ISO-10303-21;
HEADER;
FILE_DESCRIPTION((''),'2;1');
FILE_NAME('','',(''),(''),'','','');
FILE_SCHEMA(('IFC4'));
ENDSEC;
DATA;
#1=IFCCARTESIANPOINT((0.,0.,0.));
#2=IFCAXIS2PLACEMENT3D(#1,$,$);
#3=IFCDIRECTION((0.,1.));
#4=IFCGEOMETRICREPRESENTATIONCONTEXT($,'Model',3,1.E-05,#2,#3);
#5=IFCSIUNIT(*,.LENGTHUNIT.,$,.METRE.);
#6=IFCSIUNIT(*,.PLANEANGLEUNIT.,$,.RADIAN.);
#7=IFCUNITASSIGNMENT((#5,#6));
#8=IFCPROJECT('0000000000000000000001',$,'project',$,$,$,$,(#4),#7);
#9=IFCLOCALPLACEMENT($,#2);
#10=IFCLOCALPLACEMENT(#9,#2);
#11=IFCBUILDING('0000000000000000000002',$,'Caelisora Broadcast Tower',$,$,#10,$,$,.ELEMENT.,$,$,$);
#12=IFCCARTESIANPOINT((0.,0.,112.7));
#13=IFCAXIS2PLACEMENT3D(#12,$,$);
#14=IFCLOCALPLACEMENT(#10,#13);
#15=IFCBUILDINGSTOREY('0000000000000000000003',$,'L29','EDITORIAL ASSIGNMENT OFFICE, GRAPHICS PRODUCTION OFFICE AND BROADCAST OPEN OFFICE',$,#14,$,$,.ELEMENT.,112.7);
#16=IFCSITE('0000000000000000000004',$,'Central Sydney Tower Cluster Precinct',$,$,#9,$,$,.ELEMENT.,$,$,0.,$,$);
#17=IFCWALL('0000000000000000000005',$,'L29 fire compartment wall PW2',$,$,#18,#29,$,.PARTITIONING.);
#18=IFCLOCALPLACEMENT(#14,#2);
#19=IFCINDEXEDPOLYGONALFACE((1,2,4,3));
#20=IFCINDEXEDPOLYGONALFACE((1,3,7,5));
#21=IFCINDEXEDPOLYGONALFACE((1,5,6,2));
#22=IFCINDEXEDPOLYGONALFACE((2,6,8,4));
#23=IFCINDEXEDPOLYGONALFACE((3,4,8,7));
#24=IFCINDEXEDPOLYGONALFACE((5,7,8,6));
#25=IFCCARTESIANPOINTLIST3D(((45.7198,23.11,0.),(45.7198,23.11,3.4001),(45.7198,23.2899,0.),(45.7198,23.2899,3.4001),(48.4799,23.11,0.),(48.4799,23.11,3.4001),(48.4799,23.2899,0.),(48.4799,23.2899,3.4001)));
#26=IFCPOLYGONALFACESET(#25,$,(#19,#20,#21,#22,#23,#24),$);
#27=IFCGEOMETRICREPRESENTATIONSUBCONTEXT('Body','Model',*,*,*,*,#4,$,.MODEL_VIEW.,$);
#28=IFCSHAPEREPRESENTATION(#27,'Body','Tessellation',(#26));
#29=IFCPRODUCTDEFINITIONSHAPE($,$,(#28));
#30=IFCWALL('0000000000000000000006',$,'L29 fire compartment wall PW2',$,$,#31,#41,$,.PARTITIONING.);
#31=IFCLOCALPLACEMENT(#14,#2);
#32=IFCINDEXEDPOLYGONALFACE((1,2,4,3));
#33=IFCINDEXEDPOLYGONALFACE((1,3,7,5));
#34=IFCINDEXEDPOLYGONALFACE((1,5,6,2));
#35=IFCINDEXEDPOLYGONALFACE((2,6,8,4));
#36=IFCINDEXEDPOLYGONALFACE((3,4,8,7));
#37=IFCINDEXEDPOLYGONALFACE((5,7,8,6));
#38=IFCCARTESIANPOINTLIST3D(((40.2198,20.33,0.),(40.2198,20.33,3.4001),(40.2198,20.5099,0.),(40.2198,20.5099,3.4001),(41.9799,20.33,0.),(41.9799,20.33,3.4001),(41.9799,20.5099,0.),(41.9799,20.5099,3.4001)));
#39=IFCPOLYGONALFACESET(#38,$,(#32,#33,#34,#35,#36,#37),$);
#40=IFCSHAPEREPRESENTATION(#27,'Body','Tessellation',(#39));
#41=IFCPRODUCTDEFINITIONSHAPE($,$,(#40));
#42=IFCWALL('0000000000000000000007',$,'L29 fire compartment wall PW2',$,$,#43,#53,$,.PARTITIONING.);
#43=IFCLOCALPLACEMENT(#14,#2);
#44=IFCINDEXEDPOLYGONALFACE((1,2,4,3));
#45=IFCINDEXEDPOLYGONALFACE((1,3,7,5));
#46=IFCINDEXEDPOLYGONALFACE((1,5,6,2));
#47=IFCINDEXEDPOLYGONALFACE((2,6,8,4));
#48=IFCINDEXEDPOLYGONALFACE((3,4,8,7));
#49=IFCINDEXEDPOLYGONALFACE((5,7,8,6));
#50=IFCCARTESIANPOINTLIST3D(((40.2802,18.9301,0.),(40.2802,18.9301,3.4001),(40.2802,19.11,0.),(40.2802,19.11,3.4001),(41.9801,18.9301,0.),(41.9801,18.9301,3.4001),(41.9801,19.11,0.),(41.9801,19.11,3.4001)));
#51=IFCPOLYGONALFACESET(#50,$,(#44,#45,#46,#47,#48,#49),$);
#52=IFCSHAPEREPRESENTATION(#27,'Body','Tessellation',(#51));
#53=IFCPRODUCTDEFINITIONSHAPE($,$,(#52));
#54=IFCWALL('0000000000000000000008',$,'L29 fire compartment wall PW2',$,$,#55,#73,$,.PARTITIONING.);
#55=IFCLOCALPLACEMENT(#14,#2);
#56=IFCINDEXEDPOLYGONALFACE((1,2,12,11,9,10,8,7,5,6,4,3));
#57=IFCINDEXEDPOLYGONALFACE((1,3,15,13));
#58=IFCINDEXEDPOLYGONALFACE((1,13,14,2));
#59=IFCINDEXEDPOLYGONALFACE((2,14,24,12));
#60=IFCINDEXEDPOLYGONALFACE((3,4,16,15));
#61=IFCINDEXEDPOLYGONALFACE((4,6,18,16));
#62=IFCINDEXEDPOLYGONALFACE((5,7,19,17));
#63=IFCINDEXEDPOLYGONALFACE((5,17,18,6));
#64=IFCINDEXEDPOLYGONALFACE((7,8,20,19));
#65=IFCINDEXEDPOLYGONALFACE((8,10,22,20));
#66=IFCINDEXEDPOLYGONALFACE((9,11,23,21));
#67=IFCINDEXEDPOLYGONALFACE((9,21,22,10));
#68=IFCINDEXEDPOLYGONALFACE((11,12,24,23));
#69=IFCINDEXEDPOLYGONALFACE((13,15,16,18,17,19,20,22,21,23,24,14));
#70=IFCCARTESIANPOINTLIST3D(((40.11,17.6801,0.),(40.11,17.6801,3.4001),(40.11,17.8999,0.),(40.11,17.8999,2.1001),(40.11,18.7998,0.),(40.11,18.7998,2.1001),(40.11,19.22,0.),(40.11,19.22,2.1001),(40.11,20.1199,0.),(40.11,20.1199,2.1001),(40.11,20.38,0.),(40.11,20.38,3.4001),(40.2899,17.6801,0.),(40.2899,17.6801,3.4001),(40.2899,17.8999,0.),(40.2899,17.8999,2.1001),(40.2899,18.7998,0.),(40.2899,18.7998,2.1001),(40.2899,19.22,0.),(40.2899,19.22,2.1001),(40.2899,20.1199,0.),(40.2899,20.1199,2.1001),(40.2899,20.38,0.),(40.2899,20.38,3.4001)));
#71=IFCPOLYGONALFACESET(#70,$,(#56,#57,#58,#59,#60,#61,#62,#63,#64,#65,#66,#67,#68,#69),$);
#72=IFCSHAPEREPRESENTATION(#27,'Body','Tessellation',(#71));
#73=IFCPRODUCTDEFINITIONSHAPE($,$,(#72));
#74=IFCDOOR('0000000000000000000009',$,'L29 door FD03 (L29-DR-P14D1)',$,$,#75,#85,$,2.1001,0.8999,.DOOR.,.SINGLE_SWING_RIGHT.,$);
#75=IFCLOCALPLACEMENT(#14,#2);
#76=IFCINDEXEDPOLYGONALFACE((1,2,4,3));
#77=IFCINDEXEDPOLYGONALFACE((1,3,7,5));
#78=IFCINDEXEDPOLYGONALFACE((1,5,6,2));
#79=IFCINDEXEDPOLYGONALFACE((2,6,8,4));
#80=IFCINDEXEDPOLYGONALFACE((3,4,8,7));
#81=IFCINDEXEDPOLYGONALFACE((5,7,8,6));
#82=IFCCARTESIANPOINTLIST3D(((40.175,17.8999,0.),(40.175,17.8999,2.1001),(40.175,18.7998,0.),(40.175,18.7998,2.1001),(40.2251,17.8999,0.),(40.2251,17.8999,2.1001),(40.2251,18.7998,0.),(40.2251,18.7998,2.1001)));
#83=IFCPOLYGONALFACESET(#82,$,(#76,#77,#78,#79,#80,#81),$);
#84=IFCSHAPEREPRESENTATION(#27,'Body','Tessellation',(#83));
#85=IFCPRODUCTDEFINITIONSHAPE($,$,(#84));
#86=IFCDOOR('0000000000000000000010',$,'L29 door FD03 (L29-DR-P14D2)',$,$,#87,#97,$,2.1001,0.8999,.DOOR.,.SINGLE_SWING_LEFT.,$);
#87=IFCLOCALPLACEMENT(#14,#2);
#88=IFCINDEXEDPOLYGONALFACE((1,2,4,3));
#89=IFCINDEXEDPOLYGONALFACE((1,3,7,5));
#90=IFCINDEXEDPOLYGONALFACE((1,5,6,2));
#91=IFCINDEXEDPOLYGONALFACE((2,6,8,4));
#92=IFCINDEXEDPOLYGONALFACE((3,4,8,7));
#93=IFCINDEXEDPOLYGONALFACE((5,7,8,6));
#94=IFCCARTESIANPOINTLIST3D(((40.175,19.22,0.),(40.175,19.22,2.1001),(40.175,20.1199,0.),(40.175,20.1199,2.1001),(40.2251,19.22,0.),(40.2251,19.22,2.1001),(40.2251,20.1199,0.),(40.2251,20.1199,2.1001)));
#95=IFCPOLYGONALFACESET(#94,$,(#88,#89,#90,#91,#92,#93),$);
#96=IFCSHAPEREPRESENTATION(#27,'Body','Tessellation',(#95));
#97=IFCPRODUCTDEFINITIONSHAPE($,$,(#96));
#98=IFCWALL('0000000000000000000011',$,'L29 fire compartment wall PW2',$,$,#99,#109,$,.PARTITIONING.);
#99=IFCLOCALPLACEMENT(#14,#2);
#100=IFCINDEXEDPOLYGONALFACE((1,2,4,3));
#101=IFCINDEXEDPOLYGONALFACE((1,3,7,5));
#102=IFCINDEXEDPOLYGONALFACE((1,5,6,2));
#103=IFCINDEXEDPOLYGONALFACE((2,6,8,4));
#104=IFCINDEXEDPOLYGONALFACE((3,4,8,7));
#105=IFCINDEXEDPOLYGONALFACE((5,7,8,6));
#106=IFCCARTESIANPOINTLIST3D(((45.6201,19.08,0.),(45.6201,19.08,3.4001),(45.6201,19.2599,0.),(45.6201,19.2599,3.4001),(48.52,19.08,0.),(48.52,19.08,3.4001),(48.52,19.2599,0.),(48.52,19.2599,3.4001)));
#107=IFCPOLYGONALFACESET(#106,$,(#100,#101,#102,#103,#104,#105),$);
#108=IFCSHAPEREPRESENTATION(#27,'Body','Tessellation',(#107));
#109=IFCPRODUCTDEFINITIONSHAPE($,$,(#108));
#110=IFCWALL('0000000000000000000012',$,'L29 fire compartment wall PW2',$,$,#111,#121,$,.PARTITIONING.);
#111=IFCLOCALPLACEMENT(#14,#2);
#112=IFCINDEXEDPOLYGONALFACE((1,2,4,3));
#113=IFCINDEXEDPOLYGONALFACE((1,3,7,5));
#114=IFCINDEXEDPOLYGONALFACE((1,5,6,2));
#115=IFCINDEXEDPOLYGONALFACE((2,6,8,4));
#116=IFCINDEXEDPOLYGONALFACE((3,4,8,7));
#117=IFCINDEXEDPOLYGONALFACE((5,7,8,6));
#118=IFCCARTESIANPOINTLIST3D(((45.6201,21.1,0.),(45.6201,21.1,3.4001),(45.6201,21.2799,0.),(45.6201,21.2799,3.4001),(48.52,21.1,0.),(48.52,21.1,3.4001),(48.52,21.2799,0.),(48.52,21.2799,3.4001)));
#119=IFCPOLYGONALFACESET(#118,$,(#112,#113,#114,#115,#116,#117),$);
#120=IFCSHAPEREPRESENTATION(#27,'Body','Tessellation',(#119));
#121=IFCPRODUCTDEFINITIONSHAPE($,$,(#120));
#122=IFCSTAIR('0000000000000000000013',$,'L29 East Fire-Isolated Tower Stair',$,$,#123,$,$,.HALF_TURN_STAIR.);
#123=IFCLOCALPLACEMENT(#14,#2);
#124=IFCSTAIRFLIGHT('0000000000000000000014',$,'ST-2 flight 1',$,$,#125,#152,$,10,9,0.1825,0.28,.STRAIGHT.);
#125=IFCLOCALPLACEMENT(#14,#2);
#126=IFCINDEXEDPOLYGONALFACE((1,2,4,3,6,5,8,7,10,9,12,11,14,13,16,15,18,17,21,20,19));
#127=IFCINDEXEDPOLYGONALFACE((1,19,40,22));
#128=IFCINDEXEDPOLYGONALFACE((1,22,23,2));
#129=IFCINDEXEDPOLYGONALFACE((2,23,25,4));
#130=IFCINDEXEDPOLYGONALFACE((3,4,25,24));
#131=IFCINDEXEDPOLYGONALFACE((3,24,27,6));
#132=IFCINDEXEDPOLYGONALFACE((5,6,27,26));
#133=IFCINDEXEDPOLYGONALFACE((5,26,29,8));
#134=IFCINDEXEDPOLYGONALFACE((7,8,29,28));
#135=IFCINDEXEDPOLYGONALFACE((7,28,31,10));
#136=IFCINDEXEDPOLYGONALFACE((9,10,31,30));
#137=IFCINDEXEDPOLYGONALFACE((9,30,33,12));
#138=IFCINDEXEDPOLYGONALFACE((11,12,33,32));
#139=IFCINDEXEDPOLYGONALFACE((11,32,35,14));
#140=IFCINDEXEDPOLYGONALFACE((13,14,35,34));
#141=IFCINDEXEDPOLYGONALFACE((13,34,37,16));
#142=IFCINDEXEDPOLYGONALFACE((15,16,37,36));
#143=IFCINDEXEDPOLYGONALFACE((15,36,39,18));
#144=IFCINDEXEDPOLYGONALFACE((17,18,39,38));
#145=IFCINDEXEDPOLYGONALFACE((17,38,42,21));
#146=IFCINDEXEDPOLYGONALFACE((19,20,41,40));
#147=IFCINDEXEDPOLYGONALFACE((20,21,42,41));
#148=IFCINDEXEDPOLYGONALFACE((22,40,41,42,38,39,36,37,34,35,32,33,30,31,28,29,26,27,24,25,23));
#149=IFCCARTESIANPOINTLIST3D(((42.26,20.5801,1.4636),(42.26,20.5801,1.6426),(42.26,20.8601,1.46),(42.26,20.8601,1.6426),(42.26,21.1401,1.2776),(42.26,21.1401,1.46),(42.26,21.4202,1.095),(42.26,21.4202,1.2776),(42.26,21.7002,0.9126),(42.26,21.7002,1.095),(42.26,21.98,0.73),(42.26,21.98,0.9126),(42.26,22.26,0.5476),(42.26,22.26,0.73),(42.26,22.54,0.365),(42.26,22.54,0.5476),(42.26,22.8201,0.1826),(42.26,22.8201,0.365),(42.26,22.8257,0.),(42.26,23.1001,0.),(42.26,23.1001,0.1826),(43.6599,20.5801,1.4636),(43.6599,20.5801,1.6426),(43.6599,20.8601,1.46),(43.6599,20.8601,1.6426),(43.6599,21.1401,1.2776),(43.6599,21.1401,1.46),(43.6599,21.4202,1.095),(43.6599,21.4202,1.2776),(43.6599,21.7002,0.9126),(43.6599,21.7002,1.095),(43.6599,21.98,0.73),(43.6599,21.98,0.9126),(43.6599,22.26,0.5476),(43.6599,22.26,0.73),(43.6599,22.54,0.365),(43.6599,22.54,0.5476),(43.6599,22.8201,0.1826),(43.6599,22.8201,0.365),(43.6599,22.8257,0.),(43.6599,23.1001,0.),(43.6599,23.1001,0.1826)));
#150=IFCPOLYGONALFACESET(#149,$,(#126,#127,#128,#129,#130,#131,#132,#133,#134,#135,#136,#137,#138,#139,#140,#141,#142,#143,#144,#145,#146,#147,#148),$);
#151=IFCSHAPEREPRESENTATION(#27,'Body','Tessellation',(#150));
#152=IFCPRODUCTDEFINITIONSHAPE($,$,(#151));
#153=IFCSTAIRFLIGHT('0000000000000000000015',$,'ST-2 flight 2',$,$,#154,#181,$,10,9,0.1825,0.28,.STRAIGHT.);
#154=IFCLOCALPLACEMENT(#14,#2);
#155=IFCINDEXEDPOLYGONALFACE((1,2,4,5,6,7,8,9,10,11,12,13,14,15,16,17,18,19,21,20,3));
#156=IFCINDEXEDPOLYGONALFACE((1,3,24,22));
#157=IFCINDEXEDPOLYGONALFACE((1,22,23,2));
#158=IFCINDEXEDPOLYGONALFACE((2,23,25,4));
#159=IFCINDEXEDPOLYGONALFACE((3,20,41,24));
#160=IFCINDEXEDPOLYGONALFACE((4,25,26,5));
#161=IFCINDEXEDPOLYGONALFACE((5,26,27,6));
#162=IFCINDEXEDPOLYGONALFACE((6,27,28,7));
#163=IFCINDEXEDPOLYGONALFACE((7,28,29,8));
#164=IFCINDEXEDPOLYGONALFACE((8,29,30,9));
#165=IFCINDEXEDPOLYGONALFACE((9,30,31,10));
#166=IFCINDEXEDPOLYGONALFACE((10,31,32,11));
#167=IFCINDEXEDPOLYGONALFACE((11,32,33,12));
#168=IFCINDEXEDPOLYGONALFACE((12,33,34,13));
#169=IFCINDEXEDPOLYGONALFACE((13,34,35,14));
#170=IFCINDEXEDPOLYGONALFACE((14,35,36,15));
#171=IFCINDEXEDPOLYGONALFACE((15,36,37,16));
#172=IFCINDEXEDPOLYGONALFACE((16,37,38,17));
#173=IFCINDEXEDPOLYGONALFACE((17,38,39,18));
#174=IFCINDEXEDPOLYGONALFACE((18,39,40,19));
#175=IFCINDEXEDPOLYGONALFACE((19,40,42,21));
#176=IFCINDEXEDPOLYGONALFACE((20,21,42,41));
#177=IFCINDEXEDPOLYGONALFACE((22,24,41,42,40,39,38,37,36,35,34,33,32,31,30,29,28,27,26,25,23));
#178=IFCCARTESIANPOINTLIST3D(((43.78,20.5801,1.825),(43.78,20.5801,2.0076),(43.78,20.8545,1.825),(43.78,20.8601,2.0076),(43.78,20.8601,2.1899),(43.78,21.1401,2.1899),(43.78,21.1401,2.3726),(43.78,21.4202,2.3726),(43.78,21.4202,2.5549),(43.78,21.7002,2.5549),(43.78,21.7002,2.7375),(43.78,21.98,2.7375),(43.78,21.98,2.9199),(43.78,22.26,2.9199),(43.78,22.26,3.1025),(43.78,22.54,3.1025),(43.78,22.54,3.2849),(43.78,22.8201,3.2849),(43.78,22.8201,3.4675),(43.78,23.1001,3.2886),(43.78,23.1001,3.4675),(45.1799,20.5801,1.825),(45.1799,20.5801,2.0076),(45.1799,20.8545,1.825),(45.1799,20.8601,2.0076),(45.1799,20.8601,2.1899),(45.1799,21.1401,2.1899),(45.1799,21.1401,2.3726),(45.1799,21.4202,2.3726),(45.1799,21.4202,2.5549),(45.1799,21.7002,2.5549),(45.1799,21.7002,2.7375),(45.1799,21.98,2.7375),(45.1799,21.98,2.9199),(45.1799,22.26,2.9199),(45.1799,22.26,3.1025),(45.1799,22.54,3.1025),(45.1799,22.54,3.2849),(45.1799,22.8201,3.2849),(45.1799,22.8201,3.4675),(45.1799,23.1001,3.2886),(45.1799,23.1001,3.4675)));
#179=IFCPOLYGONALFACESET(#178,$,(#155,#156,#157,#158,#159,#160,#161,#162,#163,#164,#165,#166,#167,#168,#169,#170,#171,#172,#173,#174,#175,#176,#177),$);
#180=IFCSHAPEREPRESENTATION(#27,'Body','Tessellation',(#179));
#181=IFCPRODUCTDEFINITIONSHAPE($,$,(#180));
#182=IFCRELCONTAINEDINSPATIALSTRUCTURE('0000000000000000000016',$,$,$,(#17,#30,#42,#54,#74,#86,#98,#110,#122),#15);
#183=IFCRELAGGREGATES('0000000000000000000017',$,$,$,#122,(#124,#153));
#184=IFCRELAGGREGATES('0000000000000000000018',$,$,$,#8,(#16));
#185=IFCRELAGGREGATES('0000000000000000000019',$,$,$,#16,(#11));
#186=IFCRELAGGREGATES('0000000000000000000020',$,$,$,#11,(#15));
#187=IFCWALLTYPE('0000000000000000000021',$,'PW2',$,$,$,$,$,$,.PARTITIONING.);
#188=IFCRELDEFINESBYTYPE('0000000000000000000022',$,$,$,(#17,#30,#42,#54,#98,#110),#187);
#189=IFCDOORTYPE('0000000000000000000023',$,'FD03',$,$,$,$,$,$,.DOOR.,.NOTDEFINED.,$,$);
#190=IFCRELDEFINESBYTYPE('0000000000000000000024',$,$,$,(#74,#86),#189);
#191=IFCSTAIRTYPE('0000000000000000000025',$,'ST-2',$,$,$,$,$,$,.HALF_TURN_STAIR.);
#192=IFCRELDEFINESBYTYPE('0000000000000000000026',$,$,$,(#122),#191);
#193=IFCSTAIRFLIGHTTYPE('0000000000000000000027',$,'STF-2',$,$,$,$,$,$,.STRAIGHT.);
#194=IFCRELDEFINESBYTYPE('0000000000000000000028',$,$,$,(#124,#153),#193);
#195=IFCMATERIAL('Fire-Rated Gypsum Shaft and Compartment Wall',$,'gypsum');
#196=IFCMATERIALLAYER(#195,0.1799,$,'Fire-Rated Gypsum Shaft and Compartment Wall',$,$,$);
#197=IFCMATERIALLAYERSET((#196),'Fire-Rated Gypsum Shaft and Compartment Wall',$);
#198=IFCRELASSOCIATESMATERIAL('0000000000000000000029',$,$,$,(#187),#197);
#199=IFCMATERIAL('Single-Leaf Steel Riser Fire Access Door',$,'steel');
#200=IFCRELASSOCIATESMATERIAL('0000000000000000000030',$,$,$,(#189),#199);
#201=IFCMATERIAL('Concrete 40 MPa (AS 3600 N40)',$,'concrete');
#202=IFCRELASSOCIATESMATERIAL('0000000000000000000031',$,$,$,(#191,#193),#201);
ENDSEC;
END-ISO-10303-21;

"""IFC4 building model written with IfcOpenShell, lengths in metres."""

from ifc_helpers import new_model, si_unit, direction, frame, frame_2d, origin, place, context, subcontext, project, spatial, polyline, rectangle, outline, extrude, material, layer, layer_set, type_object, element, fill, aggregate, save


model = new_model("IFC4")

# Units and contexts
model_context = context("Model", 3, precision=1e-05, world=origin(), true_north=direction((0.0, 1.0)))
body_context = subcontext(model_context, "Body", "Model", "MODEL_VIEW")
ifc_project = project(units=[si_unit("LENGTHUNIT", "METRE"), si_unit("PLANEANGLEUNIT", "RADIAN")], contexts=[model_context])

# Site, building, storey
site_placement = place(None, origin())
site = spatial("IfcSite", under=ifc_project, at=site_placement, Name="Central Sydney Tower Cluster Precinct", CompositionType="ELEMENT", RefElevation=0.0)
building_placement = place(site_placement, origin())
building = spatial("IfcBuilding", under=site, at=building_placement, Name="Caelisora Broadcast Tower", CompositionType="ELEMENT")
storey_placement = place(building_placement, frame((0.0, 0.0, 112.7)))
storey = spatial("IfcBuildingStorey", under=building, at=storey_placement, Name="L29", Description="EDITORIAL ASSIGNMENT OFFICE, GRAPHICS PRODUCTION OFFICE AND BROADCAST OPEN OFFICE", CompositionType="ELEMENT", Elevation=112.7)

# Shared definitions
ifc_material_1 = material(Name="Fire-Rated Gypsum Shaft and Compartment Wall", Category="gypsum")
ifc_layer_1 = layer(ifc_material_1, 0.1799, Name="Fire-Rated Gypsum Shaft and Compartment Wall")
ifc_layer_set_1 = layer_set([ifc_layer_1], Name="Fire-Rated Gypsum Shaft and Compartment Wall")
wall_type_1 = type_object("IfcWallType", Name="PW2", PredefinedType="PARTITIONING", material=ifc_layer_set_1)

# Walls
wall_1_placement = place(storey_placement, frame((45.72, 23.2, 0.0), z_axis=(0.0, 0.0, 1.0), x_axis=(1.0, 0.0, 0.0)))
element("IfcWall", 1, at=wall_1_placement, inside=storey, type_object=wall_type_1, Name="L29 fire compartment wall PW2", PredefinedType="PARTITIONING", context=body_context, shape_type="SweptSolid", body=[
    extrude(rectangle(XDim=2.76, YDim=0.1799, at=frame_2d((1.3799, 0.0))), origin(), (0.0, 0.0, 1.0), 3.4001),
])
wall_2_placement = place(storey_placement, frame((40.22, 20.4199, 0.0), z_axis=(0.0, 0.0, 1.0), x_axis=(1.0, 0.0, 0.0)))
element("IfcWall", 2, at=wall_2_placement, inside=storey, type_object=wall_type_1, Name="L29 fire compartment wall PW2", PredefinedType="PARTITIONING", context=body_context, shape_type="SweptSolid", body=[
    extrude(rectangle(XDim=1.76, YDim=0.1799, at=frame_2d((0.8799, 0.0))), origin(), (0.0, 0.0, 1.0), 3.4001),
])
wall_3_placement = place(storey_placement, frame((40.28, 19.02, 0.0), z_axis=(0.0, 0.0, 1.0), x_axis=(1.0, 0.0, 0.0)))
element("IfcWall", 3, at=wall_3_placement, inside=storey, type_object=wall_type_1, Name="L29 fire compartment wall PW2", PredefinedType="PARTITIONING", context=body_context, shape_type="SweptSolid", body=[
    extrude(rectangle(XDim=1.7, YDim=0.1799, at=frame_2d((0.8501, 0.0))), origin(), (0.0, 0.0, 1.0), 3.4001),
])

# Wall, openings, doors
wall_4_placement = place(storey_placement, frame((40.2, 17.6799, 0.0), z_axis=(0.0, 0.0, 1.0), x_axis=(0.0, 1.0, 0.0)))
wall_4 = element("IfcWall", 4, at=wall_4_placement, inside=storey, type_object=wall_type_1, Name="L29 fire compartment wall PW2", PredefinedType="PARTITIONING", context=body_context, shape_type="SweptSolid", body=[
    extrude(rectangle(XDim=2.7, YDim=0.1799, at=frame_2d((1.3501, 0.0))), origin(), (0.0, 0.0, 1.0), 3.4001),
])
opening_1_placement = place(wall_4_placement, frame((0.22, 0.0, 0.0)))
opening_1 = element("IfcOpeningElement", 5, at=opening_1_placement, cuts=wall_4, PredefinedType="OPENING", context=body_context, shape_type="SweptSolid", body=[
    extrude(rectangle(XDim=0.8999, YDim=2.1001, at=frame_2d((0.45, 1.05))), frame((0.0, 0.1021, 0.0), z_axis=(0.0, -1.0, 0.0), x_axis=(1.0, 0.0, 0.0)), (0.0, 0.0, 1.0), 0.2039),
])
opening_2_placement = place(wall_4_placement, frame((1.54, 0.0, 0.0)))
opening_2 = element("IfcOpeningElement", 6, at=opening_2_placement, cuts=wall_4, PredefinedType="OPENING", context=body_context, shape_type="SweptSolid", body=[
    extrude(rectangle(XDim=0.8999, YDim=2.1001, at=frame_2d((0.45, 1.05))), frame((0.0, 0.1021, 0.0), z_axis=(0.0, -1.0, 0.0), x_axis=(1.0, 0.0, 0.0)), (0.0, 0.0, 1.0), 0.2039),
])
ifc_material_2 = material(Name="Single-Leaf Steel Riser Fire Access Door", Category="steel")
door_type_1 = type_object("IfcDoorType", Name="FD03", OperationType="NOTDEFINED", PredefinedType="DOOR", material=ifc_material_2)
door_1_placement = place(opening_1_placement, origin())
door_1 = element("IfcDoor", 7, at=door_1_placement, inside=storey, type_object=door_type_1, Name="L29 door FD03 (L29-DR-P14D1)", OperationType="SINGLE_SWING_RIGHT", OverallHeight=2.1001, OverallWidth=0.8999, PredefinedType="DOOR", context=body_context, shape_type="SweptSolid", body=[
    extrude(rectangle(XDim=0.8999, YDim=2.1001, at=frame_2d((0.45, 1.05))), frame((0.0, 0.0249, 0.0), z_axis=(0.0, -1.0, 0.0), x_axis=(1.0, 0.0, 0.0)), (0.0, 0.0, 1.0), 0.05),
])
fill(opening_1, door_1)
door_2_placement = place(opening_2_placement, origin())
door_2 = element("IfcDoor", 8, at=door_2_placement, inside=storey, type_object=door_type_1, Name="L29 door FD03 (L29-DR-P14D2)", OperationType="SINGLE_SWING_LEFT", OverallHeight=2.1001, OverallWidth=0.8999, PredefinedType="DOOR", context=body_context, shape_type="SweptSolid", body=[
    extrude(rectangle(XDim=0.8999, YDim=2.1001, at=frame_2d((0.45, 1.05))), frame((0.0, 0.0249, 0.0), z_axis=(0.0, -1.0, 0.0), x_axis=(1.0, 0.0, 0.0)), (0.0, 0.0, 1.0), 0.05),
])
fill(opening_2, door_2)

# Walls
for number, where, z_axis, x_axis, name in (
    (9, (45.6201, 19.1699, 0.0), (0.0, 0.0, 1.0), (1.0, 0.0, 0.0), "L29 fire compartment wall PW2"),
    (10, (45.6201, 21.1899, 0.0), (0.0, 0.0, 1.0), (1.0, 0.0, 0.0), "L29 fire compartment wall PW2"),
):
    element("IfcWall", number, at=place(storey_placement, frame(where, z_axis=z_axis, x_axis=x_axis)), inside=storey, type_object=wall_type_1, Name=name, PredefinedType="PARTITIONING", context=body_context, shape_type="SweptSolid", body=[
        extrude(rectangle(XDim=2.8999, YDim=0.1799, at=frame_2d((1.45, 0.0))), origin(), (0.0, 0.0, 1.0), 3.4001),
    ])

# Stair, stair flights
ifc_material_3 = material(Name="Concrete 40 MPa (AS 3600 N40)", Category="concrete")
stair_type = type_object("IfcStairType", Name="ST-2", PredefinedType="HALF_TURN_STAIR", material=ifc_material_3)
stair_placement = place(storey_placement, origin())
stair = element("IfcStair", 11, at=stair_placement, inside=storey, type_object=stair_type, Name="L29 East Fire-Isolated Tower Stair", PredefinedType="HALF_TURN_STAIR")
stair_flight_type = type_object("IfcStairFlightType", Name="STF-2", PredefinedType="STRAIGHT", material=ifc_material_3)
stair_flight_1_placement = place(storey_placement, frame((42.96, 23.1001, 0.0), z_axis=(0.0, 0.0, 1.0), x_axis=(0.0, -1.0, 0.0)))
stair_flight_1 = element("IfcStairFlight", 12, at=stair_flight_1_placement, type_object=stair_flight_type, Name="ST-2 flight 1", NumberOfRisers=10, NumberOfTreads=9, PredefinedType="STRAIGHT", RiserHeight=0.1825, TreadLength=0.28, context=body_context, shape_type="SweptSolid", body=[
    extrude(outline(polyline([(0.0, 0.0), (0.0, 0.1826), (0.28, 0.1826), (0.28, 0.365), (0.5601, 0.365), (0.5601, 0.5476), (0.8401, 0.5476), (0.8401, 0.73), (1.1201, 0.73), (1.1201, 0.9126), (1.3999, 0.9126), (1.3999, 1.095), (1.6799, 1.095), (1.6799, 1.2776), (1.96, 1.2776), (1.96, 1.46), (2.24, 1.46), (2.24, 1.6426), (2.52, 1.6426), (2.52, 1.825), (2.52, 1.4636), (0.2744, 0.0), (0.0, 0.0)])), frame((0.0, 0.7, 0.0), z_axis=(0.0, -1.0, 0.0), x_axis=(1.0, 0.0, 0.0)), (0.0, 0.0, 1.0), 1.3999),
])
stair_flight_2_placement = place(storey_placement, frame((44.48, 20.5801, 1.825), z_axis=(0.0, 0.0, 1.0), x_axis=(0.0, 1.0, 0.0)))
stair_flight_2 = element("IfcStairFlight", 13, at=stair_flight_2_placement, type_object=stair_flight_type, Name="ST-2 flight 2", NumberOfRisers=10, NumberOfTreads=9, PredefinedType="STRAIGHT", RiserHeight=0.1825, TreadLength=0.28, context=body_context, shape_type="SweptSolid", body=[
    extrude(outline(polyline([(0.0, 0.0), (0.0, 0.1826), (0.28, 0.1826), (0.28, 0.365), (0.5601, 0.365), (0.5601, 0.5476), (0.8401, 0.5476), (0.8401, 0.73), (1.1201, 0.73), (1.1201, 0.9126), (1.3999, 0.9126), (1.3999, 1.095), (1.6799, 1.095), (1.6799, 1.2776), (1.96, 1.2776), (1.96, 1.46), (2.24, 1.46), (2.24, 1.6426), (2.52, 1.6426), (2.52, 1.825), (2.52, 1.4636), (0.2744, 0.0), (0.0, 0.0)])), frame((0.0, 0.7, 0.0), z_axis=(0.0, -1.0, 0.0), x_axis=(1.0, 0.0, 0.0)), (0.0, 0.0, 1.0), 1.3999),
])
aggregate(stair, [stair_flight_1, stair_flight_2])

save(model, "model.ifc")
